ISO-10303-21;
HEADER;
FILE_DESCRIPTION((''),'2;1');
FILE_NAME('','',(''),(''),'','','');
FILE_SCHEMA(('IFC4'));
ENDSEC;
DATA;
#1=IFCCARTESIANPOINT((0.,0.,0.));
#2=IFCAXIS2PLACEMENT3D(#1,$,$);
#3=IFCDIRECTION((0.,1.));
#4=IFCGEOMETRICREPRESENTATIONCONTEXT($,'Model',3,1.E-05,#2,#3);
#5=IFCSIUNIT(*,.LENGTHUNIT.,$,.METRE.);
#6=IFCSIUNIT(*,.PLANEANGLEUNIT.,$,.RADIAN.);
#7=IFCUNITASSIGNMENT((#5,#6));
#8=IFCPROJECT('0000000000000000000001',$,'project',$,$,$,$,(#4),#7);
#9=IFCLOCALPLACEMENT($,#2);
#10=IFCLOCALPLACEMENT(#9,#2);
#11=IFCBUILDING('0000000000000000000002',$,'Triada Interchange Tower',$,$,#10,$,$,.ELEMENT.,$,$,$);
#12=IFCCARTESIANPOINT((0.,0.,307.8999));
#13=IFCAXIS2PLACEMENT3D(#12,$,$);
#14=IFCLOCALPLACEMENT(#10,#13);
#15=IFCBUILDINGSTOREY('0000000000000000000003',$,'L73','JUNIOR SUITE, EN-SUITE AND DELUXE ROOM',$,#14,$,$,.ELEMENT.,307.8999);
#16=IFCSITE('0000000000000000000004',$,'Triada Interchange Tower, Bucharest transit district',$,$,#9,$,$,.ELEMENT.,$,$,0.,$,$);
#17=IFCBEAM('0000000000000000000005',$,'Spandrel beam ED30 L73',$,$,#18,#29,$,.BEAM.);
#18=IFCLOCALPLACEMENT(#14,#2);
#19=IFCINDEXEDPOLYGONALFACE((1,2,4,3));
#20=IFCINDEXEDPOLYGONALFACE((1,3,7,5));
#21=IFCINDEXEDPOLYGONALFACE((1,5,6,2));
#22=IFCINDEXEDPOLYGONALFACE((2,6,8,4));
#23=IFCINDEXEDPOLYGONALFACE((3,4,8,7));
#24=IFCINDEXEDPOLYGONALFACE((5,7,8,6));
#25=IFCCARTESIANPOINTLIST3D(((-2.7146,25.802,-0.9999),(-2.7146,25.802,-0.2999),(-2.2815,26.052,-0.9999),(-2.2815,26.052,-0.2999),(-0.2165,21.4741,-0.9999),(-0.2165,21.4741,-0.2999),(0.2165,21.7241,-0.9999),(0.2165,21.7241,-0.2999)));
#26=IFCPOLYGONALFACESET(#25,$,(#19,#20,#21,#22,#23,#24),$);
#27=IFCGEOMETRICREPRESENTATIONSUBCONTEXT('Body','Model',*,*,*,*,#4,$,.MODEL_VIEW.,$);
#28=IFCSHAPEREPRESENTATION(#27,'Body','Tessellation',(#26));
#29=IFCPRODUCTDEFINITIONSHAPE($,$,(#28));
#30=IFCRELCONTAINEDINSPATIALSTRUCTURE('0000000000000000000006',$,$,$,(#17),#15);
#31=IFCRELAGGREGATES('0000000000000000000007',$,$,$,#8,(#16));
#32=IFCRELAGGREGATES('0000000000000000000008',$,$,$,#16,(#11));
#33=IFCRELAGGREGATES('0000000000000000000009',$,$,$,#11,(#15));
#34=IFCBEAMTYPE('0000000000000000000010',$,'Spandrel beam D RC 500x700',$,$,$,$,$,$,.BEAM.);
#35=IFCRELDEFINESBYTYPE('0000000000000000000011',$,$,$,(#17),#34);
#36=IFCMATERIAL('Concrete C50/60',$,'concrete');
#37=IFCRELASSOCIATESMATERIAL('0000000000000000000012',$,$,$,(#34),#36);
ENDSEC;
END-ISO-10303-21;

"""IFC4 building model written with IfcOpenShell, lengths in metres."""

from ifc_helpers import new_model, si_unit, direction, frame, origin, origin_2d, place, context, subcontext, project, spatial, rectangle, extrude, material, material_profile, profile_set, type_object, element, save


model = new_model("IFC4")

# Units and contexts
model_context = context("Model", 3, precision=1e-05, world=origin(), true_north=direction((0.0, 1.0)))
body_context = subcontext(model_context, "Body", "Model", "MODEL_VIEW")
ifc_project = project(units=[si_unit("LENGTHUNIT", "METRE"), si_unit("PLANEANGLEUNIT", "RADIAN")], contexts=[model_context])

# Site, building, storey
site_placement = place(None, origin())
site = spatial("IfcSite", under=ifc_project, at=site_placement, Name="Triada Interchange Tower, Bucharest transit district", CompositionType="ELEMENT", RefElevation=0.0)
building_placement = place(site_placement, origin())
building = spatial("IfcBuilding", under=site, at=building_placement, Name="Triada Interchange Tower", CompositionType="ELEMENT")
storey_placement = place(building_placement, frame((0.0, 0.0, 307.8999)))
storey = spatial("IfcBuildingStorey", under=building, at=storey_placement, Name="L73", Description="JUNIOR SUITE, EN-SUITE AND DELUXE ROOM", CompositionType="ELEMENT", Elevation=307.8999)

# Beam
ifc_material_1 = material(Name="Concrete C50/60", Category="concrete")
ifc_material_profile_1 = material_profile(ifc_material_1, rectangle(XDim=0.5, YDim=0.7, at=origin_2d()), Name="RC 500x700")
ifc_profile_set_1 = profile_set([ifc_material_profile_1], Name="Concrete C50/60")
beam_type_1 = type_object("IfcBeamType", Name="Spandrel beam D RC 500x700", PredefinedType="BEAM", material=ifc_profile_set_1)
beam_1_placement = place(storey_placement, frame((0.0, 21.5991, -0.6499), z_axis=(-0.499901, 0.866082, 0.0), x_axis=(-0.866082, -0.499901, 0.0)))
element("IfcBeam", 1, at=beam_1_placement, inside=storey, type_object=beam_type_1, Name="Spandrel beam ED30 L73", PredefinedType="BEAM", context=body_context, shape_type="SweptSolid", body=[
    extrude(rectangle(XDim=0.5, YDim=0.7, at=origin_2d()), origin(), (0.0, 0.0, 1.0), 4.9971),
])

save(model, "model.ifc")
